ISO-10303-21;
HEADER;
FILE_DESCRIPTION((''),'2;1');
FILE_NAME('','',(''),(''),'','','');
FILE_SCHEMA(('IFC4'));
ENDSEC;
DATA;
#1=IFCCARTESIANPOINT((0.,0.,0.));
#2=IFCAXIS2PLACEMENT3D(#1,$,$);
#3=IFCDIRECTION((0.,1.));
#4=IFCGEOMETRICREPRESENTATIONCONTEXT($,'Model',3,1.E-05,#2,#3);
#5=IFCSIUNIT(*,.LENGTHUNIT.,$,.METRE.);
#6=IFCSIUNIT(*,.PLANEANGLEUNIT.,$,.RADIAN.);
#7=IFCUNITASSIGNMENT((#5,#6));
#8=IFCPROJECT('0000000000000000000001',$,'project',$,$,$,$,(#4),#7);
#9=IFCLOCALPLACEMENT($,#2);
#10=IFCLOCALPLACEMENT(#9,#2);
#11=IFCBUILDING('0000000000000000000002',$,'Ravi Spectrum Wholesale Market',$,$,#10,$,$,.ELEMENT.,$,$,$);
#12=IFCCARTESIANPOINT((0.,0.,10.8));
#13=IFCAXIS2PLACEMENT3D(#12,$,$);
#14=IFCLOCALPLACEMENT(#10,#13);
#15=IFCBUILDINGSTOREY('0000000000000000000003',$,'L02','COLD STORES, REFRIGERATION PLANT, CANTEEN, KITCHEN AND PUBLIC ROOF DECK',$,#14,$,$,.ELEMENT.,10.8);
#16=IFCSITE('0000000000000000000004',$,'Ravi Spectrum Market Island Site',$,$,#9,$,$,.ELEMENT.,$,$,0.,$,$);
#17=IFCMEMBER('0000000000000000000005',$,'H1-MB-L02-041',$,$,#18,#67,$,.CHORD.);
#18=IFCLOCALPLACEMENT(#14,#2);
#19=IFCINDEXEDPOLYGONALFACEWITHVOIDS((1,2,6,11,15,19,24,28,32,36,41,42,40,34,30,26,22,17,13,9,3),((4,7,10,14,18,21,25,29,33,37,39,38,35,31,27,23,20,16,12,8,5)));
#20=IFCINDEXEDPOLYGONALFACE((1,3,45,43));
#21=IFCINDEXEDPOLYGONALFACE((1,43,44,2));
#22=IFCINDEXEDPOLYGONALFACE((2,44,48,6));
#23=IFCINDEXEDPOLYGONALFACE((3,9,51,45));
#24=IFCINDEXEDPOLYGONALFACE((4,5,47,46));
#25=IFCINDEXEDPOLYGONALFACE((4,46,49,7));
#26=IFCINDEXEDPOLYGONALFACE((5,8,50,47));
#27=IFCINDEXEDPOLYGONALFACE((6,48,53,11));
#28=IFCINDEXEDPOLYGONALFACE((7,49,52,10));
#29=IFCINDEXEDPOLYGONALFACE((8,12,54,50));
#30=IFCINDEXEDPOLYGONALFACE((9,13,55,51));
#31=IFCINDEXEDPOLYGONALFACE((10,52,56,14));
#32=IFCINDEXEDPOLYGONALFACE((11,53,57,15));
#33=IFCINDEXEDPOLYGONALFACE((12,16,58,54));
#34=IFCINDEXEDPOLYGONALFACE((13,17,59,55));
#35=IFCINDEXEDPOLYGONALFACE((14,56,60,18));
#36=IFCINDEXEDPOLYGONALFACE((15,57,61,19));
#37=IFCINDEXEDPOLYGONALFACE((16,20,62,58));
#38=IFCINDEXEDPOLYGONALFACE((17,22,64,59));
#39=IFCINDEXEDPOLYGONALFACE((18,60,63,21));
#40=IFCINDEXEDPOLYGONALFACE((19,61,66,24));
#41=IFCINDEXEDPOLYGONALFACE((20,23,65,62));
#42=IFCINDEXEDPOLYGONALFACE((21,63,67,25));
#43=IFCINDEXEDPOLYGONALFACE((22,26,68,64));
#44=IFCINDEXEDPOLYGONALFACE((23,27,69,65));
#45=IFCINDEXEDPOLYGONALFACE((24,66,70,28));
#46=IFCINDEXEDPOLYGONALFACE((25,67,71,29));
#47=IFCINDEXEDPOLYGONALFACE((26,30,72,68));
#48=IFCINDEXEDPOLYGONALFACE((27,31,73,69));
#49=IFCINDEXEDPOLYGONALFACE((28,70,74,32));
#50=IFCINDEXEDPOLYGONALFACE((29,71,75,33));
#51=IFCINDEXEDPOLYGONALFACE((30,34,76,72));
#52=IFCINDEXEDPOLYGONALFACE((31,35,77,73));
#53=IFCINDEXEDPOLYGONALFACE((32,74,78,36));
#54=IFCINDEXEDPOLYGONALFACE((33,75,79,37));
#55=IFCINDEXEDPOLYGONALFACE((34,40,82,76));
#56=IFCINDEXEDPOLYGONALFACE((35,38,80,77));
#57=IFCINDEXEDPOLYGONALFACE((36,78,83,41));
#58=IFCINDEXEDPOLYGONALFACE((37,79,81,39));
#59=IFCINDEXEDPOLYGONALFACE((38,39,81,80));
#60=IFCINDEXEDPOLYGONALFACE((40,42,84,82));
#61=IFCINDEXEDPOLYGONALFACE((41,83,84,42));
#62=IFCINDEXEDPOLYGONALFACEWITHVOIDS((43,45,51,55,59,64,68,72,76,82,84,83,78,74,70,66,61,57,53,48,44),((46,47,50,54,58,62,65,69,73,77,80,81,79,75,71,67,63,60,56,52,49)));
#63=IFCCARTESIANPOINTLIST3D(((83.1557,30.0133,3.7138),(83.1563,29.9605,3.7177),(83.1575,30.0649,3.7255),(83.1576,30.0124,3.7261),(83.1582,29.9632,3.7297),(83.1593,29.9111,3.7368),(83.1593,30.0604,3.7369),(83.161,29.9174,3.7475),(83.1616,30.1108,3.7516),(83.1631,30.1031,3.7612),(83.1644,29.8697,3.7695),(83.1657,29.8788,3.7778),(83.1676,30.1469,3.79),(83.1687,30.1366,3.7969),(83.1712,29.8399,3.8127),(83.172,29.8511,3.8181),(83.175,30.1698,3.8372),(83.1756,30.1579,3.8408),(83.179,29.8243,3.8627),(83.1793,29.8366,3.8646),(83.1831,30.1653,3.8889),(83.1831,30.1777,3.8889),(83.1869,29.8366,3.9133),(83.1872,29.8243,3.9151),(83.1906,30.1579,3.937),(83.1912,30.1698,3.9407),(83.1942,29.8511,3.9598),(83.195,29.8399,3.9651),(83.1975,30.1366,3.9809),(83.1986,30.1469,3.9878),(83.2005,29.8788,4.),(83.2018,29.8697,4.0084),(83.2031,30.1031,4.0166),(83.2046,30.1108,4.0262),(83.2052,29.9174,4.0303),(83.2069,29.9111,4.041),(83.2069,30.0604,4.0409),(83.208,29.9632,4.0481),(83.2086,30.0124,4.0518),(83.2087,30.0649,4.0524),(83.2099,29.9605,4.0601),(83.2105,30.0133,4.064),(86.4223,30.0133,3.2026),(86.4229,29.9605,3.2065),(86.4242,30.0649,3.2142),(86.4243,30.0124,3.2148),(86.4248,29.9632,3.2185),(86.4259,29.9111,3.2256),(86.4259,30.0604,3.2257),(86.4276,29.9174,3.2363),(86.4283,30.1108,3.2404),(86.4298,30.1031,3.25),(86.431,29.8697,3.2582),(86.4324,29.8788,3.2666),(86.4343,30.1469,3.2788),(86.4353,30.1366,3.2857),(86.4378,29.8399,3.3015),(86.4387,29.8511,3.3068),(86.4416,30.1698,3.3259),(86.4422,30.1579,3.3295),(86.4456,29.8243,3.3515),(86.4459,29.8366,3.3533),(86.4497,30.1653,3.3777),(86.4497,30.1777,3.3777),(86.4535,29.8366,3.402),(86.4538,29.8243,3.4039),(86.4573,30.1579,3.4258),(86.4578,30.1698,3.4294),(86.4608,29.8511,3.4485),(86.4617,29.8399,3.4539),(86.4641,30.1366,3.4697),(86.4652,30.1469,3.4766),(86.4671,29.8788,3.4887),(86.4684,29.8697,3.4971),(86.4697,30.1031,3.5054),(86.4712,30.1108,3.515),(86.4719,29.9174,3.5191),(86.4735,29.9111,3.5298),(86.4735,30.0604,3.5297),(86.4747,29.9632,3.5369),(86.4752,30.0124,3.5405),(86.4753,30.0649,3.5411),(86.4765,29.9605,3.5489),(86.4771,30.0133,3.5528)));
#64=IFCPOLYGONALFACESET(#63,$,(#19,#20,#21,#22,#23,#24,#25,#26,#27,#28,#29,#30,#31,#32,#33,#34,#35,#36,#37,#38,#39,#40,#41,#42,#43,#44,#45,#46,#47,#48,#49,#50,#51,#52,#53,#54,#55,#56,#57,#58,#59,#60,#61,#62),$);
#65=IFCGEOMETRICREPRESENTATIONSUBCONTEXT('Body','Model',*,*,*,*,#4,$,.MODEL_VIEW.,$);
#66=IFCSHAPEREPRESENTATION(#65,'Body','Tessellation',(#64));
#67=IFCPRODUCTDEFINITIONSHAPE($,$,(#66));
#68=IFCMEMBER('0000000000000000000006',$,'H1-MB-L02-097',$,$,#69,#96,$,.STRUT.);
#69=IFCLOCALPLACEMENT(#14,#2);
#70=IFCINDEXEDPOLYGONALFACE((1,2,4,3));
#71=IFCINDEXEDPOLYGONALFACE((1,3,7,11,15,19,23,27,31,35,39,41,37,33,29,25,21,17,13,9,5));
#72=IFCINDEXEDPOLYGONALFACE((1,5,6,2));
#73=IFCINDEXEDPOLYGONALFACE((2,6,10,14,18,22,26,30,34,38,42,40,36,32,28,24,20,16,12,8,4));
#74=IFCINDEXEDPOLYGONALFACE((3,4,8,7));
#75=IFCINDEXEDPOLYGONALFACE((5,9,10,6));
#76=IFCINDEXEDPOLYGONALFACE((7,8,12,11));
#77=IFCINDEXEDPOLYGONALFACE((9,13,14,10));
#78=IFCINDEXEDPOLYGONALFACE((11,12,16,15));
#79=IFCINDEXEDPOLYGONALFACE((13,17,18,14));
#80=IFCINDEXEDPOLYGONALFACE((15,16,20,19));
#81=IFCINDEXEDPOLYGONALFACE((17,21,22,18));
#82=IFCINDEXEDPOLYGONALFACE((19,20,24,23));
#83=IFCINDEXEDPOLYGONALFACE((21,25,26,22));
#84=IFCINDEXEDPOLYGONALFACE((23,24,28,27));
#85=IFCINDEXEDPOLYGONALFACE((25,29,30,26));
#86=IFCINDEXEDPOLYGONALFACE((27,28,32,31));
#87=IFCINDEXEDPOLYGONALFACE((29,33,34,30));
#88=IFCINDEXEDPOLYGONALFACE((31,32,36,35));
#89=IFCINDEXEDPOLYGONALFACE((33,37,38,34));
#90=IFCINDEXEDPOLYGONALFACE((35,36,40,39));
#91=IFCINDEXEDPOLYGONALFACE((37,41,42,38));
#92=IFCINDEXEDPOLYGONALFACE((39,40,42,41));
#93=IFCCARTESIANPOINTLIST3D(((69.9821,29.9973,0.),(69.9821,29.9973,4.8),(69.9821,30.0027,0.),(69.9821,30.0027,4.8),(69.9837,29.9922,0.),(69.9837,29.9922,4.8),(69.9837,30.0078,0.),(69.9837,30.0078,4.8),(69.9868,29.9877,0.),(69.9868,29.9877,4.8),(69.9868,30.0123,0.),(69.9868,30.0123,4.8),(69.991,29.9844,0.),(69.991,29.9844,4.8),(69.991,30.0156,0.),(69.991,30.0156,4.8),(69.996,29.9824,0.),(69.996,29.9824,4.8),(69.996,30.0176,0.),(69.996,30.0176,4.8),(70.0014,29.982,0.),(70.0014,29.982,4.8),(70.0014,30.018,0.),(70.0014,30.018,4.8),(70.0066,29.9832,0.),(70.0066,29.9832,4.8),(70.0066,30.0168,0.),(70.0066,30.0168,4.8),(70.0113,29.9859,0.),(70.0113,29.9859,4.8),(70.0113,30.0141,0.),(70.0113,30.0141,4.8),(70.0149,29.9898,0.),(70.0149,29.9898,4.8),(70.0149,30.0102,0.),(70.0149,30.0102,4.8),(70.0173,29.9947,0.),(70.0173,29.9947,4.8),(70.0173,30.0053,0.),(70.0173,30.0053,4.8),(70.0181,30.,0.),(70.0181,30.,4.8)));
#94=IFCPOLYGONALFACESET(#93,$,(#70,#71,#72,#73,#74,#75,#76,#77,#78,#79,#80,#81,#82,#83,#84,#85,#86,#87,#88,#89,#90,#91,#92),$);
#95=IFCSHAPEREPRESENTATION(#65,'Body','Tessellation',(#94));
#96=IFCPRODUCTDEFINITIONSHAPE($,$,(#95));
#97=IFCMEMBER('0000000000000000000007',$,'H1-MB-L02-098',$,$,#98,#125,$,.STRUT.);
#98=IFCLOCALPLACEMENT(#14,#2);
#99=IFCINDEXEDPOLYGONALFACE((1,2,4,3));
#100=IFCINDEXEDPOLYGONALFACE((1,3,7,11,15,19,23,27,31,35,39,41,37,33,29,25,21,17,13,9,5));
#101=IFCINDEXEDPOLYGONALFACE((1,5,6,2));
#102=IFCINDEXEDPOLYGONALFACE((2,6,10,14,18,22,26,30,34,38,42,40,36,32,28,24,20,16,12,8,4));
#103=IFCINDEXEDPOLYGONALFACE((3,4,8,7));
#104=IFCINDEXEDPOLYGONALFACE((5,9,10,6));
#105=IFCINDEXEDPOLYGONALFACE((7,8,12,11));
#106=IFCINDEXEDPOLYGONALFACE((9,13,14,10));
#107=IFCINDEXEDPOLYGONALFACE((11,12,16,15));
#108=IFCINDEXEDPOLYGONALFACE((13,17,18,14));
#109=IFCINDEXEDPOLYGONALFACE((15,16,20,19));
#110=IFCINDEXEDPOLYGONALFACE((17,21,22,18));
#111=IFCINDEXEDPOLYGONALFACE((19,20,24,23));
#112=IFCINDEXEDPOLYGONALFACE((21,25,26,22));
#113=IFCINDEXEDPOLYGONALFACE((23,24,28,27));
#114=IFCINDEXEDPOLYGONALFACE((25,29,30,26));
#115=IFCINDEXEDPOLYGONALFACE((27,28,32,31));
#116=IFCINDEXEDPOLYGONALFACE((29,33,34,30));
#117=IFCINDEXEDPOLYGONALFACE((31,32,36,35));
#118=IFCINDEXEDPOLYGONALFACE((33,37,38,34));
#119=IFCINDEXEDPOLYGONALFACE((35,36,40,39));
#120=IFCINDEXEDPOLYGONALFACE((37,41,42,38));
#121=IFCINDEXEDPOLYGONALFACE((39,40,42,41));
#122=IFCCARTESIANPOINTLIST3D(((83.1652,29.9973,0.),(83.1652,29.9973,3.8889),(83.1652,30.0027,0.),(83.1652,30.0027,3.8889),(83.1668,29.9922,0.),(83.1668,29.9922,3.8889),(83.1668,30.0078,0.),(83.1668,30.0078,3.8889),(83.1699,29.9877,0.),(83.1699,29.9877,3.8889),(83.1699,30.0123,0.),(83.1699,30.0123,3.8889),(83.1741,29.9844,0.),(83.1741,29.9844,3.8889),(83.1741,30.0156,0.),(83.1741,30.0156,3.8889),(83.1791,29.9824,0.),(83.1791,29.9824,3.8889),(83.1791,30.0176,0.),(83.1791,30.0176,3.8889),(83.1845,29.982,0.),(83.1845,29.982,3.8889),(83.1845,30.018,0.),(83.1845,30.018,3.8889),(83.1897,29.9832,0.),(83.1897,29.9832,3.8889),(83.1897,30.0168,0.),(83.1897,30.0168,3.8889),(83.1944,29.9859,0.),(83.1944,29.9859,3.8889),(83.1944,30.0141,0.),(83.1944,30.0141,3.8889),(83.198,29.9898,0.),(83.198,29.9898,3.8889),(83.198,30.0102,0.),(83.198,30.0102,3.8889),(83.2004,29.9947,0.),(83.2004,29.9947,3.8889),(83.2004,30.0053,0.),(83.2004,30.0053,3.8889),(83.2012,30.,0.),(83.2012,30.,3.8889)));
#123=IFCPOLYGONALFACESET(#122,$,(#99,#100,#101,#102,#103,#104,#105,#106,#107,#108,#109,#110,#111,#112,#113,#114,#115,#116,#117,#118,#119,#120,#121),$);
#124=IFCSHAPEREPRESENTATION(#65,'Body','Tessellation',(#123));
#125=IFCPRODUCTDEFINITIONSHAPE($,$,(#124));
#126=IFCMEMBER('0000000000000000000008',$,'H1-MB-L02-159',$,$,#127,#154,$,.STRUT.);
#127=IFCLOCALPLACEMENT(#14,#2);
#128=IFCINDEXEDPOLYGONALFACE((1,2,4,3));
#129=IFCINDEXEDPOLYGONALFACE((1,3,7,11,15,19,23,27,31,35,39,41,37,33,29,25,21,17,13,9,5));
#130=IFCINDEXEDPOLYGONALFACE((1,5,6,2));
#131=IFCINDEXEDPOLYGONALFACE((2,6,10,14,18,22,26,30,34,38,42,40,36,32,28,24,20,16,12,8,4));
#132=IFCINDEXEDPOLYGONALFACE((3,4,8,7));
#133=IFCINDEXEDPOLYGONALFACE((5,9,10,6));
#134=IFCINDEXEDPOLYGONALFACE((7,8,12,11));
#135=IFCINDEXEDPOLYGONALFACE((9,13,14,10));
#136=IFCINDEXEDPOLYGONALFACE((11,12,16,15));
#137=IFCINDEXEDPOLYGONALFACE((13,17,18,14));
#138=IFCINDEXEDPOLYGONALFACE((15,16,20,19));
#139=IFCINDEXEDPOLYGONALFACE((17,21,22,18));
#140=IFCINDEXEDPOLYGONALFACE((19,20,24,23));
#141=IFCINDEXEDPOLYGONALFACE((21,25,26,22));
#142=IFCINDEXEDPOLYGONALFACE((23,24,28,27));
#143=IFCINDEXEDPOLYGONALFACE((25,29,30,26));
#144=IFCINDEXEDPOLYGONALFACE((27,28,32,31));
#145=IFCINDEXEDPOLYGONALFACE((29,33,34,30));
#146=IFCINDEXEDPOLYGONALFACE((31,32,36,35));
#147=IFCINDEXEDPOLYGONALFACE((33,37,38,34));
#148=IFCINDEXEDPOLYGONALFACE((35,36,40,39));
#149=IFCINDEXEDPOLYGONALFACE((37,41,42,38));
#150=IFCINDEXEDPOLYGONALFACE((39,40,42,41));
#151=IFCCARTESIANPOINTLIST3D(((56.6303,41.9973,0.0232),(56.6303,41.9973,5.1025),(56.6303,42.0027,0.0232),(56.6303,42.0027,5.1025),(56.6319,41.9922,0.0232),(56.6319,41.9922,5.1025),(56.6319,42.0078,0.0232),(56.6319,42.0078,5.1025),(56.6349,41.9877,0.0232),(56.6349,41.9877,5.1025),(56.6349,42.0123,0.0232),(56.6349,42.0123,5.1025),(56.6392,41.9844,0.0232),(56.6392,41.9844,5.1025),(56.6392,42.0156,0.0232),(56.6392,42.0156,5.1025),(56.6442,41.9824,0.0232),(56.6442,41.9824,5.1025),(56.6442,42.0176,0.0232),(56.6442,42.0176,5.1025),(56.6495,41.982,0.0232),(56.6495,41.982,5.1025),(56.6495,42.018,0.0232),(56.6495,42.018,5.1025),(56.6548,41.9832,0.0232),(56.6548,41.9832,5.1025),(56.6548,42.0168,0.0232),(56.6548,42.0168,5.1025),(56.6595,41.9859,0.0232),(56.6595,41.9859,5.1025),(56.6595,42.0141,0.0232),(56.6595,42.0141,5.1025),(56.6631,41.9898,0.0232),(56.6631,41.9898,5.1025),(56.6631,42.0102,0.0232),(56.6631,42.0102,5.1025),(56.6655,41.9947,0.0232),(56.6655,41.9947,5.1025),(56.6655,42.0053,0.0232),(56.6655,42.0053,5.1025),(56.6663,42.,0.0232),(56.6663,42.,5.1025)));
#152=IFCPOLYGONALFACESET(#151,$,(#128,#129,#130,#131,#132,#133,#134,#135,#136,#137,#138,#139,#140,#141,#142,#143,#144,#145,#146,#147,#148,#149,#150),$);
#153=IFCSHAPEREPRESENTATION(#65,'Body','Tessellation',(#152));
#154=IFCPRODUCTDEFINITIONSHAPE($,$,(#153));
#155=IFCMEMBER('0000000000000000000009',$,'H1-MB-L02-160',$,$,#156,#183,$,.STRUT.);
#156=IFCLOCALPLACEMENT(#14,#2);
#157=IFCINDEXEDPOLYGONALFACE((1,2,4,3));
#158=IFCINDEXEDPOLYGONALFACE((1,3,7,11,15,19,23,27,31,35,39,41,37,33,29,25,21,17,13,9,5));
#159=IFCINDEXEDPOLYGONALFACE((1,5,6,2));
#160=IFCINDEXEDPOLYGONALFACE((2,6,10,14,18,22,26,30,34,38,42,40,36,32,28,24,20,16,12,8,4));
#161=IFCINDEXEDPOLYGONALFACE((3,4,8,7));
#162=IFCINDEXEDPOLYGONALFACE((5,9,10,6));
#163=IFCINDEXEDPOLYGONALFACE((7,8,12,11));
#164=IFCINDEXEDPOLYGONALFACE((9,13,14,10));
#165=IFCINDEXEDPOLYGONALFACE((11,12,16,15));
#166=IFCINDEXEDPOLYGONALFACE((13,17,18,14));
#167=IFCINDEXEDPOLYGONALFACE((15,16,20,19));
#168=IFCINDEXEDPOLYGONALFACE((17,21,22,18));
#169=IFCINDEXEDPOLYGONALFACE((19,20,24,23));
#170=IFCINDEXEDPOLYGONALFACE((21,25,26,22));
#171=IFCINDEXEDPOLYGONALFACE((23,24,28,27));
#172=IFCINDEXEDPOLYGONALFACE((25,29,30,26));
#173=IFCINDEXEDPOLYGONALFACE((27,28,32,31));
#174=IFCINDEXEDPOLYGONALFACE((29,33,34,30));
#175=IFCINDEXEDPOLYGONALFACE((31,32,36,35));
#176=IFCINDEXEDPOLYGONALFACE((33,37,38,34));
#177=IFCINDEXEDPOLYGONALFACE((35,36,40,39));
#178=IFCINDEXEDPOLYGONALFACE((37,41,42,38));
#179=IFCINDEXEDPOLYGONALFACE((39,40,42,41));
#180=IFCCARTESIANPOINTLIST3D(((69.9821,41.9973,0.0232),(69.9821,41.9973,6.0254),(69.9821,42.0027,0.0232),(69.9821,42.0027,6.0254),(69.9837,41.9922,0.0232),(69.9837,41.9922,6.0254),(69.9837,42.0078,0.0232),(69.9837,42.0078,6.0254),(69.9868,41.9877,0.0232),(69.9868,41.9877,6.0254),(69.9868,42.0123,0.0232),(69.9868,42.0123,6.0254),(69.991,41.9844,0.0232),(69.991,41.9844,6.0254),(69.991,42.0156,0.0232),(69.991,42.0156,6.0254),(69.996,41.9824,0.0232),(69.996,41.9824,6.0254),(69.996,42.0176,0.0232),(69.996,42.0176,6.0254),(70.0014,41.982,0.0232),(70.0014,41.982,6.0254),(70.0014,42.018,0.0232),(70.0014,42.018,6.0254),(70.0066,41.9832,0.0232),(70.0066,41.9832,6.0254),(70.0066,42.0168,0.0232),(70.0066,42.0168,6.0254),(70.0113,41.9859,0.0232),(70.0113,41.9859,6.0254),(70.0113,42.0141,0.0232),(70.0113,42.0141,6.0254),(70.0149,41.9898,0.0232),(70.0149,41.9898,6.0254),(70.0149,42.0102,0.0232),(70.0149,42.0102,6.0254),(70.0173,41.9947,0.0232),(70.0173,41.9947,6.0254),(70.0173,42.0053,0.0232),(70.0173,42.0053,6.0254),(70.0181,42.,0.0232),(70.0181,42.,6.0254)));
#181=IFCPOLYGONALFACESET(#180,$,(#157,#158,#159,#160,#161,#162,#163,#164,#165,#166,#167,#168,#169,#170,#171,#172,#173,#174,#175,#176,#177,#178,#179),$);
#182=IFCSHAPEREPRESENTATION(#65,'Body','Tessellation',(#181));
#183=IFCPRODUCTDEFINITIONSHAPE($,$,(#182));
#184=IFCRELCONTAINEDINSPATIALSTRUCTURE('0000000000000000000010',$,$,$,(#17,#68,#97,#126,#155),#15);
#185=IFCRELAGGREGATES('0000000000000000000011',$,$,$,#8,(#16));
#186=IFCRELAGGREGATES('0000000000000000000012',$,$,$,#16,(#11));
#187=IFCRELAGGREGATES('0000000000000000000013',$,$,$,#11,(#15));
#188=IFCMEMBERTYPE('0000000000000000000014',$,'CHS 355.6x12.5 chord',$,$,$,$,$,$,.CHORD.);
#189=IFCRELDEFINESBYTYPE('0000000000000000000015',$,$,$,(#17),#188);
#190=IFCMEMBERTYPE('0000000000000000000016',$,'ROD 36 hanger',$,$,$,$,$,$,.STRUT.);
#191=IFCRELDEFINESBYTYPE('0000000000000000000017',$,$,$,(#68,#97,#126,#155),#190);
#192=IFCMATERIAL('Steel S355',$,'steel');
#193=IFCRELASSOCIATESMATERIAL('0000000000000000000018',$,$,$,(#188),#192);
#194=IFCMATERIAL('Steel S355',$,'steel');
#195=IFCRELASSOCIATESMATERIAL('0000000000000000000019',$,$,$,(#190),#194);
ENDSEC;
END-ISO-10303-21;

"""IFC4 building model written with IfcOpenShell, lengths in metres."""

from ifc_helpers import new_model, si_unit, direction, frame, origin, origin_2d, place, context, subcontext, project, spatial, circle, hollow_circle, extrude, material, material_profile, profile_set, type_object, element, save


model = new_model("IFC4")

# Units and contexts
model_context = context("Model", 3, precision=1e-05, world=origin(), true_north=direction((0.0, 1.0)))
body_context = subcontext(model_context, "Body", "Model", "MODEL_VIEW")
ifc_project = project(units=[si_unit("LENGTHUNIT", "METRE"), si_unit("PLANEANGLEUNIT", "RADIAN")], contexts=[model_context])

# Site, building, storey
site_placement = place(None, origin())
site = spatial("IfcSite", under=ifc_project, at=site_placement, Name="Ravi Spectrum Market Island Site", CompositionType="ELEMENT", RefElevation=0.0)
building_placement = place(site_placement, origin())
building = spatial("IfcBuilding", under=site, at=building_placement, Name="Ravi Spectrum Wholesale Market", CompositionType="ELEMENT")
storey_placement = place(building_placement, frame((0.0, 0.0, 10.8)))
storey = spatial("IfcBuildingStorey", under=building, at=storey_placement, Name="L02", Description="COLD STORES, REFRIGERATION PLANT, CANTEEN, KITCHEN AND PUBLIC ROOF DECK", CompositionType="ELEMENT", Elevation=10.8)

# Members
ifc_material_1 = material(Name="Steel S355", Category="steel")
ifc_material_profile_1 = material_profile(ifc_material_1, hollow_circle(Radius=0.1777, WallThickness=0.0125, at=origin_2d()))
ifc_profile_set_1 = profile_set([ifc_material_profile_1], Name="Steel S355")
member_type_1 = type_object("IfcMemberType", Name="CHS 355.6x12.5 chord", PredefinedType="CHORD", material=ifc_profile_set_1)
member_1_placement = place(storey_placement, frame((83.1831, 30.0, 3.8889), z_axis=(0.987974, 0.0, -0.15462), x_axis=(0.0, 1.0, 0.0)))
element("IfcMember", 1, at=member_1_placement, inside=storey, type_object=member_type_1, Name="H1-MB-L02-041", PredefinedType="CHORD", context=body_context, shape_type="SweptSolid", body=[
    extrude(hollow_circle(Radius=0.1777, WallThickness=0.0125, at=origin_2d()), origin(), (0.0, 0.0, 1.0), 3.3064),
])
ifc_material_2 = material(Name="Steel S355", Category="steel")
ifc_material_profile_2 = material_profile(ifc_material_2, circle(Radius=0.0181, at=origin_2d()))
ifc_profile_set_2 = profile_set([ifc_material_profile_2], Name="Steel S355")
member_type_2 = type_object("IfcMemberType", Name="ROD 36 hanger", PredefinedType="STRUT", material=ifc_profile_set_2)
member_2_placement = place(storey_placement, frame((70.0, 30.0, 0.0), z_axis=(0.0, 0.0, 1.0), x_axis=(1.0, 0.0, 0.0)))
element("IfcMember", 2, at=member_2_placement, inside=storey, type_object=member_type_2, Name="H1-MB-L02-097", PredefinedType="STRUT", context=body_context, shape_type="SweptSolid", body=[
    extrude(circle(Radius=0.0181, at=origin_2d()), origin(), (0.0, 0.0, 1.0), 4.8),
])
member_3_placement = place(storey_placement, frame((83.1831, 30.0, 0.0), z_axis=(0.0, 0.0, 1.0), x_axis=(1.0, 0.0, 0.0)))
element("IfcMember", 3, at=member_3_placement, inside=storey, type_object=member_type_2, Name="H1-MB-L02-098", PredefinedType="STRUT", context=body_context, shape_type="SweptSolid", body=[
    extrude(circle(Radius=0.0181, at=origin_2d()), origin(), (0.0, 0.0, 1.0), 3.8889),
])
member_4_placement = place(storey_placement, frame((56.6482, 42.0, 0.0232), z_axis=(0.0, 0.0, 1.0), x_axis=(1.0, 0.0, 0.0)))
element("IfcMember", 4, at=member_4_placement, inside=storey, type_object=member_type_2, Name="H1-MB-L02-159", PredefinedType="STRUT", context=body_context, shape_type="SweptSolid", body=[
    extrude(circle(Radius=0.0181, at=origin_2d()), origin(), (0.0, 0.0, 1.0), 5.0793),
])
member_5_placement = place(storey_placement, frame((70.0, 42.0, 0.0232), z_axis=(0.0, 0.0, 1.0), x_axis=(1.0, 0.0, 0.0)))
element("IfcMember", 5, at=member_5_placement, inside=storey, type_object=member_type_2, Name="H1-MB-L02-160", PredefinedType="STRUT", context=body_context, shape_type="SweptSolid", body=[
    extrude(circle(Radius=0.0181, at=origin_2d()), origin(), (0.0, 0.0, 1.0), 6.0022),
])

save(model, "model.ifc")
